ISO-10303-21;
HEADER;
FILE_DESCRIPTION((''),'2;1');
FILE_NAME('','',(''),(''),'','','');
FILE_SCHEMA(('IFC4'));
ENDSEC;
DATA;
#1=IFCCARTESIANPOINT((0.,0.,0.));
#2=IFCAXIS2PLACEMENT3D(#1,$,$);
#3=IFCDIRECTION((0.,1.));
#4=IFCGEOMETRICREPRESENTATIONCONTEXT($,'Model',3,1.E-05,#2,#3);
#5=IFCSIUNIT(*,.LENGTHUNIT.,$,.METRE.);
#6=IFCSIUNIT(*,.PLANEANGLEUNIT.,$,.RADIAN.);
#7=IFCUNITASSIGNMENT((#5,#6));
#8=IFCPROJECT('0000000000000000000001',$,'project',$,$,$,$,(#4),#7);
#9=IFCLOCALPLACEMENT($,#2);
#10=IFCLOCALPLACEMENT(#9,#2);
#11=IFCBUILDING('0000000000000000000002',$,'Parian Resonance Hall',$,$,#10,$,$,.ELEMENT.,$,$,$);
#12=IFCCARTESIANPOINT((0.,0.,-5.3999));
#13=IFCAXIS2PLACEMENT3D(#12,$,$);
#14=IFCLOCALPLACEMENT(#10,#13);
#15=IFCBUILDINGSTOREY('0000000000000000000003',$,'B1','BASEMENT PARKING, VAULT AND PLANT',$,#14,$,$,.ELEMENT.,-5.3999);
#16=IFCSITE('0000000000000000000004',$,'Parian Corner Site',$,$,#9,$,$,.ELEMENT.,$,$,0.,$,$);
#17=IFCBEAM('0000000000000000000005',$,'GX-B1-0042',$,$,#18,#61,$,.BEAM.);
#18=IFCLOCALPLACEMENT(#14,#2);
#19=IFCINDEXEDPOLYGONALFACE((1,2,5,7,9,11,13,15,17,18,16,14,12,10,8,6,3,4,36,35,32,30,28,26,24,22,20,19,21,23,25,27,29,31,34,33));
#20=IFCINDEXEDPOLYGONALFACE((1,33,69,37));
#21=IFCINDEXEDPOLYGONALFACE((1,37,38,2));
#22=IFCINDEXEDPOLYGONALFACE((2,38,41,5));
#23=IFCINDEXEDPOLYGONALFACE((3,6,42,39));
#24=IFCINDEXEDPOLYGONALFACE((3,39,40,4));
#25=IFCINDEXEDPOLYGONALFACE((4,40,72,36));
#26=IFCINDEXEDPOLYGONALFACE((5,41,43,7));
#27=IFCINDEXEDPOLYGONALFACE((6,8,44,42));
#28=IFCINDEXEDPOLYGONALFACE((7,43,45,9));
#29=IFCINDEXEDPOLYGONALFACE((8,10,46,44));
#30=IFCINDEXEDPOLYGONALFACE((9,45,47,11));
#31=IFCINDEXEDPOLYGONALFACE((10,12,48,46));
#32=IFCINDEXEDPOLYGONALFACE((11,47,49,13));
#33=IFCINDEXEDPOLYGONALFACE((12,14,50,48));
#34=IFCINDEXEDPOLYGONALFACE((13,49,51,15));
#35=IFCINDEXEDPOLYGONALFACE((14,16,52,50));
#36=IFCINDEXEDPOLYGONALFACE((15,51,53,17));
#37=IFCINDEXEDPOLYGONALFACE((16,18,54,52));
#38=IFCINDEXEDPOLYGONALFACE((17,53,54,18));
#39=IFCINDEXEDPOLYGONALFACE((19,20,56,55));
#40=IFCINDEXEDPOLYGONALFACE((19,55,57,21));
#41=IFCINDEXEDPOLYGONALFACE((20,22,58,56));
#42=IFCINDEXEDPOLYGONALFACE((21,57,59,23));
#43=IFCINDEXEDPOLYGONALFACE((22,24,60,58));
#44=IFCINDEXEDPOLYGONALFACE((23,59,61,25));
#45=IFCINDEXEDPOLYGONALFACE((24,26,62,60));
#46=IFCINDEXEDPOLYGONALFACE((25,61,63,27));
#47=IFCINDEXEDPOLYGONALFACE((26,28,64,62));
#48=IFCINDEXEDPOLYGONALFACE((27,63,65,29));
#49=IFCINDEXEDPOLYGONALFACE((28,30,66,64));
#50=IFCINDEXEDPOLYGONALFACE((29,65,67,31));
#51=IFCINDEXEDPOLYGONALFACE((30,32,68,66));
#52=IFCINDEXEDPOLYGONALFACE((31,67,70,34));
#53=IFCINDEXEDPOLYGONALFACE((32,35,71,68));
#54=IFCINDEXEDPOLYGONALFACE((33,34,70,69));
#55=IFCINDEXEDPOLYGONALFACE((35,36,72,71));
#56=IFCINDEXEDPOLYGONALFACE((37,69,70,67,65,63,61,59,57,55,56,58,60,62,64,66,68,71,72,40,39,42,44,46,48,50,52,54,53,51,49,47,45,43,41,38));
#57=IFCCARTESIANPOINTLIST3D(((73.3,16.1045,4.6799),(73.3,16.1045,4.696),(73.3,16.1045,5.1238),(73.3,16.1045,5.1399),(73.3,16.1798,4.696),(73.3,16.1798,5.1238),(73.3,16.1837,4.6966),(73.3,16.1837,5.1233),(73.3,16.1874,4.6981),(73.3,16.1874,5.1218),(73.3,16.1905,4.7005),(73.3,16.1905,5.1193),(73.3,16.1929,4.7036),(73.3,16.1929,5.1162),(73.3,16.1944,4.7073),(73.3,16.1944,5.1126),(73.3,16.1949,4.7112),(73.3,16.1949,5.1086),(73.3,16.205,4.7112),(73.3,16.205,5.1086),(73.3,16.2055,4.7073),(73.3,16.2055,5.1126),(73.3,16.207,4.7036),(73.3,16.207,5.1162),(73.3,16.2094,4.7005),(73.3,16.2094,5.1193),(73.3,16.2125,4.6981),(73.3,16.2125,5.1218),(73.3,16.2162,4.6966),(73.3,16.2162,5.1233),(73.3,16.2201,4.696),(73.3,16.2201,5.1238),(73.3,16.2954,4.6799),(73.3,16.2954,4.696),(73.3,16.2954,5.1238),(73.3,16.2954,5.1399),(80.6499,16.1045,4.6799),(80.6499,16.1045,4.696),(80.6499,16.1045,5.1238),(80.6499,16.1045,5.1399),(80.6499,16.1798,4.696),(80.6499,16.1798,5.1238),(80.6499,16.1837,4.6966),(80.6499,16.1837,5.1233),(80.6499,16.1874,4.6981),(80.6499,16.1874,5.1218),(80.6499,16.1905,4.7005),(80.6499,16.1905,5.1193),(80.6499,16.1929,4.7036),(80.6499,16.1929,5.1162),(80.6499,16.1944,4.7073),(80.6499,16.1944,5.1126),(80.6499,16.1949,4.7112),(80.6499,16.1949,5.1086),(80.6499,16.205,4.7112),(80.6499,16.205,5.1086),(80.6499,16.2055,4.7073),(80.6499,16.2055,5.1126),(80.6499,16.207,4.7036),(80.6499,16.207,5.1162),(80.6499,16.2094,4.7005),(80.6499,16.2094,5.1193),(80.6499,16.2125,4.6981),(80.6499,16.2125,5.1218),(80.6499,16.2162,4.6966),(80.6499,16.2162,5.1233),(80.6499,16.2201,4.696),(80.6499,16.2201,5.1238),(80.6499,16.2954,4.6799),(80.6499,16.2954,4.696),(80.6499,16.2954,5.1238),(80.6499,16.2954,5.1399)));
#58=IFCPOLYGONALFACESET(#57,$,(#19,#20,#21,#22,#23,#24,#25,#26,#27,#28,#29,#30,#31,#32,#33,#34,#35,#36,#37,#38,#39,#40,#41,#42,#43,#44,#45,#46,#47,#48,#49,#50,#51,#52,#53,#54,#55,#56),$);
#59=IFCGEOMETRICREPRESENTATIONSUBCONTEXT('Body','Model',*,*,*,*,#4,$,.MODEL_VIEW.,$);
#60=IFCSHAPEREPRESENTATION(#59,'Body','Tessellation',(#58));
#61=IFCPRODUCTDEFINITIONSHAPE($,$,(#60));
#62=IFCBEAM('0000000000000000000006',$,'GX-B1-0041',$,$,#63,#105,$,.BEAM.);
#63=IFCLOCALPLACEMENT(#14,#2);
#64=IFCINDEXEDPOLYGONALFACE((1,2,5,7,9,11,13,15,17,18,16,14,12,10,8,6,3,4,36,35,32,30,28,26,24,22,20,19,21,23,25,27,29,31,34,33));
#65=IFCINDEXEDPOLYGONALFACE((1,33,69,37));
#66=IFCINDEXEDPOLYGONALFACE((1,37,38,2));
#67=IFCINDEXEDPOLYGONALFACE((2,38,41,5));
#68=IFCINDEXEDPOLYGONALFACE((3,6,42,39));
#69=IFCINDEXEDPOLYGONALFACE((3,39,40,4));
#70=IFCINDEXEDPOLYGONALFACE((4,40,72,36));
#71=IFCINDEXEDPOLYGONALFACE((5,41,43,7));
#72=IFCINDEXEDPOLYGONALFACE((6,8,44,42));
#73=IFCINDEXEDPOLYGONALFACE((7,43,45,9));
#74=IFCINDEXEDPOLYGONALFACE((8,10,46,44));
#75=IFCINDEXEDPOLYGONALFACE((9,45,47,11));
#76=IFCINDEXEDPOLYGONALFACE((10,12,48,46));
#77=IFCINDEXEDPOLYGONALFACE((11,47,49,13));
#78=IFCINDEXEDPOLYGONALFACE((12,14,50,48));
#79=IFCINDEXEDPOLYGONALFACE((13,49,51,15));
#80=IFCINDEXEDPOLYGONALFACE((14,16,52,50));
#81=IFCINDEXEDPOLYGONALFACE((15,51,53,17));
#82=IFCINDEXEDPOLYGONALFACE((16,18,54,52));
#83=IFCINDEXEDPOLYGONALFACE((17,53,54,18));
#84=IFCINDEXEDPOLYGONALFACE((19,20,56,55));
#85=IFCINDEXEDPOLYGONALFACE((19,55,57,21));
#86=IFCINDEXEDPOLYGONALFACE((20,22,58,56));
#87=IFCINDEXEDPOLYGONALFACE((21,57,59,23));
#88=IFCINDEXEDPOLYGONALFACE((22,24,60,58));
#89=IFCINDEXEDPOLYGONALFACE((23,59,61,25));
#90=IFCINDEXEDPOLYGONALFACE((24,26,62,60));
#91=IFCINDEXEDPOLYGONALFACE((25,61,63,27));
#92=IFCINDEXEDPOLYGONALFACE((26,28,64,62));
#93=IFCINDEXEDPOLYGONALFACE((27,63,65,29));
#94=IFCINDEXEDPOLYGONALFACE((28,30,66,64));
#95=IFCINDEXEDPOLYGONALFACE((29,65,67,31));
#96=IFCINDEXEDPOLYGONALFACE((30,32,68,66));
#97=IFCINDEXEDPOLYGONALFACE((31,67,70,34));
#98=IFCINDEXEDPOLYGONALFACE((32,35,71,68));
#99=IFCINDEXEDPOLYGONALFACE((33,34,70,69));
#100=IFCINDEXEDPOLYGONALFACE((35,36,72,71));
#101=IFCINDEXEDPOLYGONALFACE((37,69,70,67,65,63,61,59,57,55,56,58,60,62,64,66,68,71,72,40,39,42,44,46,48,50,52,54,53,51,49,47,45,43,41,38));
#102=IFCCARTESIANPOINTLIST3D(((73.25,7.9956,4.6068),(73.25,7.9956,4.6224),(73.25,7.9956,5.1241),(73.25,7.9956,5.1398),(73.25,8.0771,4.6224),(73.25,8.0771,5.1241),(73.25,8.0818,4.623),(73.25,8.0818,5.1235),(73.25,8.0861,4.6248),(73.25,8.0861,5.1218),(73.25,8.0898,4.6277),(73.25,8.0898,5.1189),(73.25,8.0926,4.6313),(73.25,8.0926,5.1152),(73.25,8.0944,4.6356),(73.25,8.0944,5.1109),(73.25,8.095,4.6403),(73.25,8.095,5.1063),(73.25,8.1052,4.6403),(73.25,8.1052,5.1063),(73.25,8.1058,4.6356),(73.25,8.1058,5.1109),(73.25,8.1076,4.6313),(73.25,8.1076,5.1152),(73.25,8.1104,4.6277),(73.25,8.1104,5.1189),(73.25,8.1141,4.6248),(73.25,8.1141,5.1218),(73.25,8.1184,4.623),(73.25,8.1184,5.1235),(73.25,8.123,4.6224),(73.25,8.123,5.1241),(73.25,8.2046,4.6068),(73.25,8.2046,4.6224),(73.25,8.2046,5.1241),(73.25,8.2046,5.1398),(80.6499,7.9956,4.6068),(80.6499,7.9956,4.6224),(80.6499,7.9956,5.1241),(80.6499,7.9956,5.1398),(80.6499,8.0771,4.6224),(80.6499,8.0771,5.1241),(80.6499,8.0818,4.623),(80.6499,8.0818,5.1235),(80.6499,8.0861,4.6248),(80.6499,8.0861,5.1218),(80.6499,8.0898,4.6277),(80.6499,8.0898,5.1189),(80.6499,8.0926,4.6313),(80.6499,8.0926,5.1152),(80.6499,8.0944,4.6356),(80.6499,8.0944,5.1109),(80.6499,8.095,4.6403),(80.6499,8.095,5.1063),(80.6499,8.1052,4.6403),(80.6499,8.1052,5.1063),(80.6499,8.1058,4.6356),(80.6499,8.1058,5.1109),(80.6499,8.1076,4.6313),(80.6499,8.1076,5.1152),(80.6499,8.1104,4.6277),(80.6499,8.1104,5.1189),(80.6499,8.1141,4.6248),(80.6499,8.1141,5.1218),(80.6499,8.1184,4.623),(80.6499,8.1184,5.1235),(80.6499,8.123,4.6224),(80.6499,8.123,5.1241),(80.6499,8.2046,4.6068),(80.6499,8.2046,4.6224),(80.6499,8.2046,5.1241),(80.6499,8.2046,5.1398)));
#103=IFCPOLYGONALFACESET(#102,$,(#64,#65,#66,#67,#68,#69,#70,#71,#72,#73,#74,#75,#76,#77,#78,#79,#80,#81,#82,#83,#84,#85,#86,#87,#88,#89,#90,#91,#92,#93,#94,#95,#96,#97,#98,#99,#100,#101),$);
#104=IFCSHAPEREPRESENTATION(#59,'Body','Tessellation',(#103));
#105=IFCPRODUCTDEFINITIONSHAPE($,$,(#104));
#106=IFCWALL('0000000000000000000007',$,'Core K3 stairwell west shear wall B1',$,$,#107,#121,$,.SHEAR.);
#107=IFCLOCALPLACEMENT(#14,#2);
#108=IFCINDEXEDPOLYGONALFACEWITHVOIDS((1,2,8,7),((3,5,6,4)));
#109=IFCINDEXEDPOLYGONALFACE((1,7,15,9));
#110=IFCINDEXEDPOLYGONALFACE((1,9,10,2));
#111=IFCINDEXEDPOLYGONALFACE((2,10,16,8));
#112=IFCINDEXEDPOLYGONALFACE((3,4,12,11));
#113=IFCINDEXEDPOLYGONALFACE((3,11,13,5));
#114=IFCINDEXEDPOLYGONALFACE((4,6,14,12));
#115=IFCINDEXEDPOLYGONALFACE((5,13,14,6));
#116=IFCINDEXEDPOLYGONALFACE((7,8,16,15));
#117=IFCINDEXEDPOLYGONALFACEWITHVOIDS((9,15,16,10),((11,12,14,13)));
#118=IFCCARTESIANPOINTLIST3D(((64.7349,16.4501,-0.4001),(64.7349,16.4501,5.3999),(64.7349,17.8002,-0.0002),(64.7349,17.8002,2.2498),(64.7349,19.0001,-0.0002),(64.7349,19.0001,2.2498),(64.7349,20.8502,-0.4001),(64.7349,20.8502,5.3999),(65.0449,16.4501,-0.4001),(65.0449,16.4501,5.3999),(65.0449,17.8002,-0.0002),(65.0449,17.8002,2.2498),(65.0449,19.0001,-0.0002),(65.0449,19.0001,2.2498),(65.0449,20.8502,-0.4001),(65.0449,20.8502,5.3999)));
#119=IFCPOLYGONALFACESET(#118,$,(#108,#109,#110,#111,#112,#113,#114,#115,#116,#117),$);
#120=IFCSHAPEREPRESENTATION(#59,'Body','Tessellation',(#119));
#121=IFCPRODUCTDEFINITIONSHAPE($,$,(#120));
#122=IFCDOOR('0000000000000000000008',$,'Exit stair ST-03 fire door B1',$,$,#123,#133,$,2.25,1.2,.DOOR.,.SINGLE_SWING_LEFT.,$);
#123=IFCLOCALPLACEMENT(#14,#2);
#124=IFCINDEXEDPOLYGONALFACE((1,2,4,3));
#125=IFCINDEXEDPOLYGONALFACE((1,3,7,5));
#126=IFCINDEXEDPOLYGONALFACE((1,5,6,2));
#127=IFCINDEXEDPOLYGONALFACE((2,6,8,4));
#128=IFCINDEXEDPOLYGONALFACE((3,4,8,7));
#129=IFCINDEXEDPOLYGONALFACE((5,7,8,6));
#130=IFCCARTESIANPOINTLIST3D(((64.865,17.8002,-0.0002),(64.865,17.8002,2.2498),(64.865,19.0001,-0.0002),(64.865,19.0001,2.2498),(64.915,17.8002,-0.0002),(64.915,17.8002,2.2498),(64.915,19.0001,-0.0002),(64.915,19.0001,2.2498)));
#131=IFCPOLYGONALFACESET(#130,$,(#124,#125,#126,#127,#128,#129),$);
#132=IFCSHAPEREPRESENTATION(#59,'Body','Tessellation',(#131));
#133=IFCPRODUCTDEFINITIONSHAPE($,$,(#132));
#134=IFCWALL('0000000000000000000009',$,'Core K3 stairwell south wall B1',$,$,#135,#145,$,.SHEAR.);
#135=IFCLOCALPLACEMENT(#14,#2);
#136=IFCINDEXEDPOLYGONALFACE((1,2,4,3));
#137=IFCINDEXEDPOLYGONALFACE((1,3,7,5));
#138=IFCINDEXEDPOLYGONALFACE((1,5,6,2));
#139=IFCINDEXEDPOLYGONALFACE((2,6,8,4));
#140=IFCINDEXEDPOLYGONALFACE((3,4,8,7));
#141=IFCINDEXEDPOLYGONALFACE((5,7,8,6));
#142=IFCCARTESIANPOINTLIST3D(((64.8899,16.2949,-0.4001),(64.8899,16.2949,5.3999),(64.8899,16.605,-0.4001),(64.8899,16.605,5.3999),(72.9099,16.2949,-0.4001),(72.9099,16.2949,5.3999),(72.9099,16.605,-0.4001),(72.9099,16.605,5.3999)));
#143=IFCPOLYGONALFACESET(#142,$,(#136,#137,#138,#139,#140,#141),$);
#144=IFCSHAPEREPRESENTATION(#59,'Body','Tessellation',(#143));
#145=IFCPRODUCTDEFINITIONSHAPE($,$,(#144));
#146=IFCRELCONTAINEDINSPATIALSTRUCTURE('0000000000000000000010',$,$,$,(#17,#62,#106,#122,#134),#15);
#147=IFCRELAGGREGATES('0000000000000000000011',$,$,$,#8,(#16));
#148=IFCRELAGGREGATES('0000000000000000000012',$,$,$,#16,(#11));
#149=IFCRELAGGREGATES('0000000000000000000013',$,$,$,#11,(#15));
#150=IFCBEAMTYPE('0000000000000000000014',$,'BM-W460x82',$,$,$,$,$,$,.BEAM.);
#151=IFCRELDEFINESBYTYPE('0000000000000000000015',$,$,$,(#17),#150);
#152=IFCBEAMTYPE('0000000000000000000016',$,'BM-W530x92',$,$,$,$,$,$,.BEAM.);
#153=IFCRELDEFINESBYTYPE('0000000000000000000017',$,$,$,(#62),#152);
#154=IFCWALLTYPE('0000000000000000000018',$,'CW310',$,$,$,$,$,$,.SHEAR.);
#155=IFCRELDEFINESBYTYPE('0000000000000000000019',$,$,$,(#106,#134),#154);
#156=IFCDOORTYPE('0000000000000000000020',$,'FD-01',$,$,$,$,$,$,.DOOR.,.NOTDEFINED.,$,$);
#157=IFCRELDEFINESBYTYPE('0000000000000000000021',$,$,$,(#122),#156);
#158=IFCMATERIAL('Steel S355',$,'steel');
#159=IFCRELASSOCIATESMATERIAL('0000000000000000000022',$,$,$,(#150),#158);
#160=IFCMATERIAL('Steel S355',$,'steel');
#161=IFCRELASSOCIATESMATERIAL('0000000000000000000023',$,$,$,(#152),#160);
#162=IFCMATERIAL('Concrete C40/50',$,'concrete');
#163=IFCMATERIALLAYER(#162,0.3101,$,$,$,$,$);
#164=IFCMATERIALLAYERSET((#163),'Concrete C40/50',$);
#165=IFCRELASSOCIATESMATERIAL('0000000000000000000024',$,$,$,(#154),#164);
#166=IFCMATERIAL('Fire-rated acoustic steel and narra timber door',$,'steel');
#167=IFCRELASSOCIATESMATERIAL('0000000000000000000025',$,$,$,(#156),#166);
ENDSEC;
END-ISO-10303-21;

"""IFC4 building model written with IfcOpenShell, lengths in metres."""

from ifc_helpers import new_model, si_unit, direction, frame, frame_2d, origin, origin_2d, place, context, subcontext, project, spatial, rectangle, i_section, extrude, material, layer, layer_set, material_profile, profile_set, type_object, element, fill, save


model = new_model("IFC4")

# Units and contexts
model_context = context("Model", 3, precision=1e-05, world=origin(), true_north=direction((0.0, 1.0)))
body_context = subcontext(model_context, "Body", "Model", "MODEL_VIEW")
ifc_project = project(units=[si_unit("LENGTHUNIT", "METRE"), si_unit("PLANEANGLEUNIT", "RADIAN")], contexts=[model_context])

# Site, building, storey
site_placement = place(None, origin())
site = spatial("IfcSite", under=ifc_project, at=site_placement, Name="Parian Corner Site", CompositionType="ELEMENT", RefElevation=0.0)
building_placement = place(site_placement, origin())
building = spatial("IfcBuilding", under=site, at=building_placement, Name="Parian Resonance Hall", CompositionType="ELEMENT")
storey_placement = place(building_placement, frame((0.0, 0.0, -5.3999)))
storey = spatial("IfcBuildingStorey", under=building, at=storey_placement, Name="B1", Description="BASEMENT PARKING, VAULT AND PLANT", CompositionType="ELEMENT", Elevation=-5.3999)

# Beams
ifc_material_1 = material(Name="Steel S355", Category="steel")
ifc_material_profile_1 = material_profile(ifc_material_1, i_section(OverallWidth=0.1909, OverallDepth=0.46, WebThickness=0.01, FlangeThickness=0.0161, FilletRadius=0.0151, at=origin_2d()), Name="W460x82")
ifc_profile_set_1 = profile_set([ifc_material_profile_1], Name="Steel S355")
beam_type_1 = type_object("IfcBeamType", Name="BM-W460x82", PredefinedType="BEAM", material=ifc_profile_set_1)
beam_1_placement = place(storey_placement, frame((73.3, 16.2, 4.9099), z_axis=(1.0, 0.0, 0.0), x_axis=(0.0, 1.0, 0.0)))
element("IfcBeam", 1, at=beam_1_placement, inside=storey, type_object=beam_type_1, Name="GX-B1-0042", PredefinedType="BEAM", context=body_context, shape_type="SweptSolid", body=[
    extrude(i_section(OverallWidth=0.1909, OverallDepth=0.46, WebThickness=0.01, FlangeThickness=0.0161, FilletRadius=0.0151, at=origin_2d()), origin(), (0.0, 0.0, 1.0), 7.3499),
])
ifc_material_2 = material(Name="Steel S355", Category="steel")
ifc_material_profile_2 = material_profile(ifc_material_2, i_section(OverallWidth=0.209, OverallDepth=0.533, WebThickness=0.0103, FlangeThickness=0.0156, FilletRadius=0.0178, at=origin_2d()), Name="W530x92")
ifc_profile_set_2 = profile_set([ifc_material_profile_2], Name="Steel S355")
beam_type_2 = type_object("IfcBeamType", Name="BM-W530x92", PredefinedType="BEAM", material=ifc_profile_set_2)
beam_2_placement = place(storey_placement, frame((73.25, 8.1001, 4.8733), z_axis=(1.0, 0.0, 0.0), x_axis=(0.0, 1.0, 0.0)))
element("IfcBeam", 2, at=beam_2_placement, inside=storey, type_object=beam_type_2, Name="GX-B1-0041", PredefinedType="BEAM", context=body_context, shape_type="SweptSolid", body=[
    extrude(i_section(OverallWidth=0.209, OverallDepth=0.533, WebThickness=0.0103, FlangeThickness=0.0156, FilletRadius=0.0178, at=origin_2d()), origin(), (0.0, 0.0, 1.0), 7.3999),
])

# Wall, opening, door
ifc_material_3 = material(Name="Concrete C40/50", Category="concrete")
ifc_layer = layer(ifc_material_3, 0.3101)
ifc_layer_set = layer_set([ifc_layer], Name="Concrete C40/50")
wall_type = type_object("IfcWallType", Name="CW310", PredefinedType="SHEAR", material=ifc_layer_set)
wall_1_placement = place(storey_placement, frame((64.8899, 16.45, -0.4001), z_axis=(0.0, 0.0, 1.0), x_axis=(0.0, 1.0, 0.0)))
wall_1 = element("IfcWall", 3, at=wall_1_placement, inside=storey, type_object=wall_type, Name="Core K3 stairwell west shear wall B1", PredefinedType="SHEAR", context=body_context, shape_type="SweptSolid", body=[
    extrude(rectangle(XDim=4.4001, YDim=0.3101, at=frame_2d((2.2002, 0.0))), origin(), (0.0, 0.0, 1.0), 5.8),
])
opening_placement = place(wall_1_placement, frame((1.3501, 0.0, 0.3999)))
opening = element("IfcOpeningElement", 4, at=opening_placement, cuts=wall_1, PredefinedType="OPENING", context=body_context, shape_type="SweptSolid", body=[
    extrude(rectangle(XDim=1.2, YDim=2.25, at=frame_2d((0.6001, 1.125))), frame((0.0, 0.165, 0.0), z_axis=(0.0, -1.0, 0.0), x_axis=(1.0, 0.0, 0.0)), (0.0, 0.0, 1.0), 0.3301),
])
ifc_material_4 = material(Name="Fire-rated acoustic steel and narra timber door", Category="steel")
door_type = type_object("IfcDoorType", Name="FD-01", OperationType="NOTDEFINED", PredefinedType="DOOR", material=ifc_material_4)
door_placement = place(opening_placement, origin())
door = element("IfcDoor", 5, at=door_placement, inside=storey, type_object=door_type, Name="Exit stair ST-03 fire door B1", OperationType="SINGLE_SWING_LEFT", OverallHeight=2.25, OverallWidth=1.2, PredefinedType="DOOR", context=body_context, shape_type="SweptSolid", body=[
    extrude(rectangle(XDim=1.2, YDim=2.25, at=frame_2d((0.6001, 1.125))), frame((0.0, 0.0249, 0.0), z_axis=(0.0, -1.0, 0.0), x_axis=(1.0, 0.0, 0.0)), (0.0, 0.0, 1.0), 0.05),
])
fill(opening, door)

# Wall
wall_2_placement = place(storey_placement, frame((72.9099, 16.45, -0.4001), z_axis=(0.0, 0.0, 1.0), x_axis=(-1.0, 0.0, 0.0)))
element("IfcWall", 6, at=wall_2_placement, inside=storey, type_object=wall_type, Name="Core K3 stairwell south wall B1", PredefinedType="SHEAR", context=body_context, shape_type="SweptSolid", body=[
    extrude(rectangle(XDim=8.02, YDim=0.3101, at=frame_2d((4.01, 0.0))), origin(), (0.0, 0.0, 1.0), 5.8),
])

save(model, "model.ifc")
